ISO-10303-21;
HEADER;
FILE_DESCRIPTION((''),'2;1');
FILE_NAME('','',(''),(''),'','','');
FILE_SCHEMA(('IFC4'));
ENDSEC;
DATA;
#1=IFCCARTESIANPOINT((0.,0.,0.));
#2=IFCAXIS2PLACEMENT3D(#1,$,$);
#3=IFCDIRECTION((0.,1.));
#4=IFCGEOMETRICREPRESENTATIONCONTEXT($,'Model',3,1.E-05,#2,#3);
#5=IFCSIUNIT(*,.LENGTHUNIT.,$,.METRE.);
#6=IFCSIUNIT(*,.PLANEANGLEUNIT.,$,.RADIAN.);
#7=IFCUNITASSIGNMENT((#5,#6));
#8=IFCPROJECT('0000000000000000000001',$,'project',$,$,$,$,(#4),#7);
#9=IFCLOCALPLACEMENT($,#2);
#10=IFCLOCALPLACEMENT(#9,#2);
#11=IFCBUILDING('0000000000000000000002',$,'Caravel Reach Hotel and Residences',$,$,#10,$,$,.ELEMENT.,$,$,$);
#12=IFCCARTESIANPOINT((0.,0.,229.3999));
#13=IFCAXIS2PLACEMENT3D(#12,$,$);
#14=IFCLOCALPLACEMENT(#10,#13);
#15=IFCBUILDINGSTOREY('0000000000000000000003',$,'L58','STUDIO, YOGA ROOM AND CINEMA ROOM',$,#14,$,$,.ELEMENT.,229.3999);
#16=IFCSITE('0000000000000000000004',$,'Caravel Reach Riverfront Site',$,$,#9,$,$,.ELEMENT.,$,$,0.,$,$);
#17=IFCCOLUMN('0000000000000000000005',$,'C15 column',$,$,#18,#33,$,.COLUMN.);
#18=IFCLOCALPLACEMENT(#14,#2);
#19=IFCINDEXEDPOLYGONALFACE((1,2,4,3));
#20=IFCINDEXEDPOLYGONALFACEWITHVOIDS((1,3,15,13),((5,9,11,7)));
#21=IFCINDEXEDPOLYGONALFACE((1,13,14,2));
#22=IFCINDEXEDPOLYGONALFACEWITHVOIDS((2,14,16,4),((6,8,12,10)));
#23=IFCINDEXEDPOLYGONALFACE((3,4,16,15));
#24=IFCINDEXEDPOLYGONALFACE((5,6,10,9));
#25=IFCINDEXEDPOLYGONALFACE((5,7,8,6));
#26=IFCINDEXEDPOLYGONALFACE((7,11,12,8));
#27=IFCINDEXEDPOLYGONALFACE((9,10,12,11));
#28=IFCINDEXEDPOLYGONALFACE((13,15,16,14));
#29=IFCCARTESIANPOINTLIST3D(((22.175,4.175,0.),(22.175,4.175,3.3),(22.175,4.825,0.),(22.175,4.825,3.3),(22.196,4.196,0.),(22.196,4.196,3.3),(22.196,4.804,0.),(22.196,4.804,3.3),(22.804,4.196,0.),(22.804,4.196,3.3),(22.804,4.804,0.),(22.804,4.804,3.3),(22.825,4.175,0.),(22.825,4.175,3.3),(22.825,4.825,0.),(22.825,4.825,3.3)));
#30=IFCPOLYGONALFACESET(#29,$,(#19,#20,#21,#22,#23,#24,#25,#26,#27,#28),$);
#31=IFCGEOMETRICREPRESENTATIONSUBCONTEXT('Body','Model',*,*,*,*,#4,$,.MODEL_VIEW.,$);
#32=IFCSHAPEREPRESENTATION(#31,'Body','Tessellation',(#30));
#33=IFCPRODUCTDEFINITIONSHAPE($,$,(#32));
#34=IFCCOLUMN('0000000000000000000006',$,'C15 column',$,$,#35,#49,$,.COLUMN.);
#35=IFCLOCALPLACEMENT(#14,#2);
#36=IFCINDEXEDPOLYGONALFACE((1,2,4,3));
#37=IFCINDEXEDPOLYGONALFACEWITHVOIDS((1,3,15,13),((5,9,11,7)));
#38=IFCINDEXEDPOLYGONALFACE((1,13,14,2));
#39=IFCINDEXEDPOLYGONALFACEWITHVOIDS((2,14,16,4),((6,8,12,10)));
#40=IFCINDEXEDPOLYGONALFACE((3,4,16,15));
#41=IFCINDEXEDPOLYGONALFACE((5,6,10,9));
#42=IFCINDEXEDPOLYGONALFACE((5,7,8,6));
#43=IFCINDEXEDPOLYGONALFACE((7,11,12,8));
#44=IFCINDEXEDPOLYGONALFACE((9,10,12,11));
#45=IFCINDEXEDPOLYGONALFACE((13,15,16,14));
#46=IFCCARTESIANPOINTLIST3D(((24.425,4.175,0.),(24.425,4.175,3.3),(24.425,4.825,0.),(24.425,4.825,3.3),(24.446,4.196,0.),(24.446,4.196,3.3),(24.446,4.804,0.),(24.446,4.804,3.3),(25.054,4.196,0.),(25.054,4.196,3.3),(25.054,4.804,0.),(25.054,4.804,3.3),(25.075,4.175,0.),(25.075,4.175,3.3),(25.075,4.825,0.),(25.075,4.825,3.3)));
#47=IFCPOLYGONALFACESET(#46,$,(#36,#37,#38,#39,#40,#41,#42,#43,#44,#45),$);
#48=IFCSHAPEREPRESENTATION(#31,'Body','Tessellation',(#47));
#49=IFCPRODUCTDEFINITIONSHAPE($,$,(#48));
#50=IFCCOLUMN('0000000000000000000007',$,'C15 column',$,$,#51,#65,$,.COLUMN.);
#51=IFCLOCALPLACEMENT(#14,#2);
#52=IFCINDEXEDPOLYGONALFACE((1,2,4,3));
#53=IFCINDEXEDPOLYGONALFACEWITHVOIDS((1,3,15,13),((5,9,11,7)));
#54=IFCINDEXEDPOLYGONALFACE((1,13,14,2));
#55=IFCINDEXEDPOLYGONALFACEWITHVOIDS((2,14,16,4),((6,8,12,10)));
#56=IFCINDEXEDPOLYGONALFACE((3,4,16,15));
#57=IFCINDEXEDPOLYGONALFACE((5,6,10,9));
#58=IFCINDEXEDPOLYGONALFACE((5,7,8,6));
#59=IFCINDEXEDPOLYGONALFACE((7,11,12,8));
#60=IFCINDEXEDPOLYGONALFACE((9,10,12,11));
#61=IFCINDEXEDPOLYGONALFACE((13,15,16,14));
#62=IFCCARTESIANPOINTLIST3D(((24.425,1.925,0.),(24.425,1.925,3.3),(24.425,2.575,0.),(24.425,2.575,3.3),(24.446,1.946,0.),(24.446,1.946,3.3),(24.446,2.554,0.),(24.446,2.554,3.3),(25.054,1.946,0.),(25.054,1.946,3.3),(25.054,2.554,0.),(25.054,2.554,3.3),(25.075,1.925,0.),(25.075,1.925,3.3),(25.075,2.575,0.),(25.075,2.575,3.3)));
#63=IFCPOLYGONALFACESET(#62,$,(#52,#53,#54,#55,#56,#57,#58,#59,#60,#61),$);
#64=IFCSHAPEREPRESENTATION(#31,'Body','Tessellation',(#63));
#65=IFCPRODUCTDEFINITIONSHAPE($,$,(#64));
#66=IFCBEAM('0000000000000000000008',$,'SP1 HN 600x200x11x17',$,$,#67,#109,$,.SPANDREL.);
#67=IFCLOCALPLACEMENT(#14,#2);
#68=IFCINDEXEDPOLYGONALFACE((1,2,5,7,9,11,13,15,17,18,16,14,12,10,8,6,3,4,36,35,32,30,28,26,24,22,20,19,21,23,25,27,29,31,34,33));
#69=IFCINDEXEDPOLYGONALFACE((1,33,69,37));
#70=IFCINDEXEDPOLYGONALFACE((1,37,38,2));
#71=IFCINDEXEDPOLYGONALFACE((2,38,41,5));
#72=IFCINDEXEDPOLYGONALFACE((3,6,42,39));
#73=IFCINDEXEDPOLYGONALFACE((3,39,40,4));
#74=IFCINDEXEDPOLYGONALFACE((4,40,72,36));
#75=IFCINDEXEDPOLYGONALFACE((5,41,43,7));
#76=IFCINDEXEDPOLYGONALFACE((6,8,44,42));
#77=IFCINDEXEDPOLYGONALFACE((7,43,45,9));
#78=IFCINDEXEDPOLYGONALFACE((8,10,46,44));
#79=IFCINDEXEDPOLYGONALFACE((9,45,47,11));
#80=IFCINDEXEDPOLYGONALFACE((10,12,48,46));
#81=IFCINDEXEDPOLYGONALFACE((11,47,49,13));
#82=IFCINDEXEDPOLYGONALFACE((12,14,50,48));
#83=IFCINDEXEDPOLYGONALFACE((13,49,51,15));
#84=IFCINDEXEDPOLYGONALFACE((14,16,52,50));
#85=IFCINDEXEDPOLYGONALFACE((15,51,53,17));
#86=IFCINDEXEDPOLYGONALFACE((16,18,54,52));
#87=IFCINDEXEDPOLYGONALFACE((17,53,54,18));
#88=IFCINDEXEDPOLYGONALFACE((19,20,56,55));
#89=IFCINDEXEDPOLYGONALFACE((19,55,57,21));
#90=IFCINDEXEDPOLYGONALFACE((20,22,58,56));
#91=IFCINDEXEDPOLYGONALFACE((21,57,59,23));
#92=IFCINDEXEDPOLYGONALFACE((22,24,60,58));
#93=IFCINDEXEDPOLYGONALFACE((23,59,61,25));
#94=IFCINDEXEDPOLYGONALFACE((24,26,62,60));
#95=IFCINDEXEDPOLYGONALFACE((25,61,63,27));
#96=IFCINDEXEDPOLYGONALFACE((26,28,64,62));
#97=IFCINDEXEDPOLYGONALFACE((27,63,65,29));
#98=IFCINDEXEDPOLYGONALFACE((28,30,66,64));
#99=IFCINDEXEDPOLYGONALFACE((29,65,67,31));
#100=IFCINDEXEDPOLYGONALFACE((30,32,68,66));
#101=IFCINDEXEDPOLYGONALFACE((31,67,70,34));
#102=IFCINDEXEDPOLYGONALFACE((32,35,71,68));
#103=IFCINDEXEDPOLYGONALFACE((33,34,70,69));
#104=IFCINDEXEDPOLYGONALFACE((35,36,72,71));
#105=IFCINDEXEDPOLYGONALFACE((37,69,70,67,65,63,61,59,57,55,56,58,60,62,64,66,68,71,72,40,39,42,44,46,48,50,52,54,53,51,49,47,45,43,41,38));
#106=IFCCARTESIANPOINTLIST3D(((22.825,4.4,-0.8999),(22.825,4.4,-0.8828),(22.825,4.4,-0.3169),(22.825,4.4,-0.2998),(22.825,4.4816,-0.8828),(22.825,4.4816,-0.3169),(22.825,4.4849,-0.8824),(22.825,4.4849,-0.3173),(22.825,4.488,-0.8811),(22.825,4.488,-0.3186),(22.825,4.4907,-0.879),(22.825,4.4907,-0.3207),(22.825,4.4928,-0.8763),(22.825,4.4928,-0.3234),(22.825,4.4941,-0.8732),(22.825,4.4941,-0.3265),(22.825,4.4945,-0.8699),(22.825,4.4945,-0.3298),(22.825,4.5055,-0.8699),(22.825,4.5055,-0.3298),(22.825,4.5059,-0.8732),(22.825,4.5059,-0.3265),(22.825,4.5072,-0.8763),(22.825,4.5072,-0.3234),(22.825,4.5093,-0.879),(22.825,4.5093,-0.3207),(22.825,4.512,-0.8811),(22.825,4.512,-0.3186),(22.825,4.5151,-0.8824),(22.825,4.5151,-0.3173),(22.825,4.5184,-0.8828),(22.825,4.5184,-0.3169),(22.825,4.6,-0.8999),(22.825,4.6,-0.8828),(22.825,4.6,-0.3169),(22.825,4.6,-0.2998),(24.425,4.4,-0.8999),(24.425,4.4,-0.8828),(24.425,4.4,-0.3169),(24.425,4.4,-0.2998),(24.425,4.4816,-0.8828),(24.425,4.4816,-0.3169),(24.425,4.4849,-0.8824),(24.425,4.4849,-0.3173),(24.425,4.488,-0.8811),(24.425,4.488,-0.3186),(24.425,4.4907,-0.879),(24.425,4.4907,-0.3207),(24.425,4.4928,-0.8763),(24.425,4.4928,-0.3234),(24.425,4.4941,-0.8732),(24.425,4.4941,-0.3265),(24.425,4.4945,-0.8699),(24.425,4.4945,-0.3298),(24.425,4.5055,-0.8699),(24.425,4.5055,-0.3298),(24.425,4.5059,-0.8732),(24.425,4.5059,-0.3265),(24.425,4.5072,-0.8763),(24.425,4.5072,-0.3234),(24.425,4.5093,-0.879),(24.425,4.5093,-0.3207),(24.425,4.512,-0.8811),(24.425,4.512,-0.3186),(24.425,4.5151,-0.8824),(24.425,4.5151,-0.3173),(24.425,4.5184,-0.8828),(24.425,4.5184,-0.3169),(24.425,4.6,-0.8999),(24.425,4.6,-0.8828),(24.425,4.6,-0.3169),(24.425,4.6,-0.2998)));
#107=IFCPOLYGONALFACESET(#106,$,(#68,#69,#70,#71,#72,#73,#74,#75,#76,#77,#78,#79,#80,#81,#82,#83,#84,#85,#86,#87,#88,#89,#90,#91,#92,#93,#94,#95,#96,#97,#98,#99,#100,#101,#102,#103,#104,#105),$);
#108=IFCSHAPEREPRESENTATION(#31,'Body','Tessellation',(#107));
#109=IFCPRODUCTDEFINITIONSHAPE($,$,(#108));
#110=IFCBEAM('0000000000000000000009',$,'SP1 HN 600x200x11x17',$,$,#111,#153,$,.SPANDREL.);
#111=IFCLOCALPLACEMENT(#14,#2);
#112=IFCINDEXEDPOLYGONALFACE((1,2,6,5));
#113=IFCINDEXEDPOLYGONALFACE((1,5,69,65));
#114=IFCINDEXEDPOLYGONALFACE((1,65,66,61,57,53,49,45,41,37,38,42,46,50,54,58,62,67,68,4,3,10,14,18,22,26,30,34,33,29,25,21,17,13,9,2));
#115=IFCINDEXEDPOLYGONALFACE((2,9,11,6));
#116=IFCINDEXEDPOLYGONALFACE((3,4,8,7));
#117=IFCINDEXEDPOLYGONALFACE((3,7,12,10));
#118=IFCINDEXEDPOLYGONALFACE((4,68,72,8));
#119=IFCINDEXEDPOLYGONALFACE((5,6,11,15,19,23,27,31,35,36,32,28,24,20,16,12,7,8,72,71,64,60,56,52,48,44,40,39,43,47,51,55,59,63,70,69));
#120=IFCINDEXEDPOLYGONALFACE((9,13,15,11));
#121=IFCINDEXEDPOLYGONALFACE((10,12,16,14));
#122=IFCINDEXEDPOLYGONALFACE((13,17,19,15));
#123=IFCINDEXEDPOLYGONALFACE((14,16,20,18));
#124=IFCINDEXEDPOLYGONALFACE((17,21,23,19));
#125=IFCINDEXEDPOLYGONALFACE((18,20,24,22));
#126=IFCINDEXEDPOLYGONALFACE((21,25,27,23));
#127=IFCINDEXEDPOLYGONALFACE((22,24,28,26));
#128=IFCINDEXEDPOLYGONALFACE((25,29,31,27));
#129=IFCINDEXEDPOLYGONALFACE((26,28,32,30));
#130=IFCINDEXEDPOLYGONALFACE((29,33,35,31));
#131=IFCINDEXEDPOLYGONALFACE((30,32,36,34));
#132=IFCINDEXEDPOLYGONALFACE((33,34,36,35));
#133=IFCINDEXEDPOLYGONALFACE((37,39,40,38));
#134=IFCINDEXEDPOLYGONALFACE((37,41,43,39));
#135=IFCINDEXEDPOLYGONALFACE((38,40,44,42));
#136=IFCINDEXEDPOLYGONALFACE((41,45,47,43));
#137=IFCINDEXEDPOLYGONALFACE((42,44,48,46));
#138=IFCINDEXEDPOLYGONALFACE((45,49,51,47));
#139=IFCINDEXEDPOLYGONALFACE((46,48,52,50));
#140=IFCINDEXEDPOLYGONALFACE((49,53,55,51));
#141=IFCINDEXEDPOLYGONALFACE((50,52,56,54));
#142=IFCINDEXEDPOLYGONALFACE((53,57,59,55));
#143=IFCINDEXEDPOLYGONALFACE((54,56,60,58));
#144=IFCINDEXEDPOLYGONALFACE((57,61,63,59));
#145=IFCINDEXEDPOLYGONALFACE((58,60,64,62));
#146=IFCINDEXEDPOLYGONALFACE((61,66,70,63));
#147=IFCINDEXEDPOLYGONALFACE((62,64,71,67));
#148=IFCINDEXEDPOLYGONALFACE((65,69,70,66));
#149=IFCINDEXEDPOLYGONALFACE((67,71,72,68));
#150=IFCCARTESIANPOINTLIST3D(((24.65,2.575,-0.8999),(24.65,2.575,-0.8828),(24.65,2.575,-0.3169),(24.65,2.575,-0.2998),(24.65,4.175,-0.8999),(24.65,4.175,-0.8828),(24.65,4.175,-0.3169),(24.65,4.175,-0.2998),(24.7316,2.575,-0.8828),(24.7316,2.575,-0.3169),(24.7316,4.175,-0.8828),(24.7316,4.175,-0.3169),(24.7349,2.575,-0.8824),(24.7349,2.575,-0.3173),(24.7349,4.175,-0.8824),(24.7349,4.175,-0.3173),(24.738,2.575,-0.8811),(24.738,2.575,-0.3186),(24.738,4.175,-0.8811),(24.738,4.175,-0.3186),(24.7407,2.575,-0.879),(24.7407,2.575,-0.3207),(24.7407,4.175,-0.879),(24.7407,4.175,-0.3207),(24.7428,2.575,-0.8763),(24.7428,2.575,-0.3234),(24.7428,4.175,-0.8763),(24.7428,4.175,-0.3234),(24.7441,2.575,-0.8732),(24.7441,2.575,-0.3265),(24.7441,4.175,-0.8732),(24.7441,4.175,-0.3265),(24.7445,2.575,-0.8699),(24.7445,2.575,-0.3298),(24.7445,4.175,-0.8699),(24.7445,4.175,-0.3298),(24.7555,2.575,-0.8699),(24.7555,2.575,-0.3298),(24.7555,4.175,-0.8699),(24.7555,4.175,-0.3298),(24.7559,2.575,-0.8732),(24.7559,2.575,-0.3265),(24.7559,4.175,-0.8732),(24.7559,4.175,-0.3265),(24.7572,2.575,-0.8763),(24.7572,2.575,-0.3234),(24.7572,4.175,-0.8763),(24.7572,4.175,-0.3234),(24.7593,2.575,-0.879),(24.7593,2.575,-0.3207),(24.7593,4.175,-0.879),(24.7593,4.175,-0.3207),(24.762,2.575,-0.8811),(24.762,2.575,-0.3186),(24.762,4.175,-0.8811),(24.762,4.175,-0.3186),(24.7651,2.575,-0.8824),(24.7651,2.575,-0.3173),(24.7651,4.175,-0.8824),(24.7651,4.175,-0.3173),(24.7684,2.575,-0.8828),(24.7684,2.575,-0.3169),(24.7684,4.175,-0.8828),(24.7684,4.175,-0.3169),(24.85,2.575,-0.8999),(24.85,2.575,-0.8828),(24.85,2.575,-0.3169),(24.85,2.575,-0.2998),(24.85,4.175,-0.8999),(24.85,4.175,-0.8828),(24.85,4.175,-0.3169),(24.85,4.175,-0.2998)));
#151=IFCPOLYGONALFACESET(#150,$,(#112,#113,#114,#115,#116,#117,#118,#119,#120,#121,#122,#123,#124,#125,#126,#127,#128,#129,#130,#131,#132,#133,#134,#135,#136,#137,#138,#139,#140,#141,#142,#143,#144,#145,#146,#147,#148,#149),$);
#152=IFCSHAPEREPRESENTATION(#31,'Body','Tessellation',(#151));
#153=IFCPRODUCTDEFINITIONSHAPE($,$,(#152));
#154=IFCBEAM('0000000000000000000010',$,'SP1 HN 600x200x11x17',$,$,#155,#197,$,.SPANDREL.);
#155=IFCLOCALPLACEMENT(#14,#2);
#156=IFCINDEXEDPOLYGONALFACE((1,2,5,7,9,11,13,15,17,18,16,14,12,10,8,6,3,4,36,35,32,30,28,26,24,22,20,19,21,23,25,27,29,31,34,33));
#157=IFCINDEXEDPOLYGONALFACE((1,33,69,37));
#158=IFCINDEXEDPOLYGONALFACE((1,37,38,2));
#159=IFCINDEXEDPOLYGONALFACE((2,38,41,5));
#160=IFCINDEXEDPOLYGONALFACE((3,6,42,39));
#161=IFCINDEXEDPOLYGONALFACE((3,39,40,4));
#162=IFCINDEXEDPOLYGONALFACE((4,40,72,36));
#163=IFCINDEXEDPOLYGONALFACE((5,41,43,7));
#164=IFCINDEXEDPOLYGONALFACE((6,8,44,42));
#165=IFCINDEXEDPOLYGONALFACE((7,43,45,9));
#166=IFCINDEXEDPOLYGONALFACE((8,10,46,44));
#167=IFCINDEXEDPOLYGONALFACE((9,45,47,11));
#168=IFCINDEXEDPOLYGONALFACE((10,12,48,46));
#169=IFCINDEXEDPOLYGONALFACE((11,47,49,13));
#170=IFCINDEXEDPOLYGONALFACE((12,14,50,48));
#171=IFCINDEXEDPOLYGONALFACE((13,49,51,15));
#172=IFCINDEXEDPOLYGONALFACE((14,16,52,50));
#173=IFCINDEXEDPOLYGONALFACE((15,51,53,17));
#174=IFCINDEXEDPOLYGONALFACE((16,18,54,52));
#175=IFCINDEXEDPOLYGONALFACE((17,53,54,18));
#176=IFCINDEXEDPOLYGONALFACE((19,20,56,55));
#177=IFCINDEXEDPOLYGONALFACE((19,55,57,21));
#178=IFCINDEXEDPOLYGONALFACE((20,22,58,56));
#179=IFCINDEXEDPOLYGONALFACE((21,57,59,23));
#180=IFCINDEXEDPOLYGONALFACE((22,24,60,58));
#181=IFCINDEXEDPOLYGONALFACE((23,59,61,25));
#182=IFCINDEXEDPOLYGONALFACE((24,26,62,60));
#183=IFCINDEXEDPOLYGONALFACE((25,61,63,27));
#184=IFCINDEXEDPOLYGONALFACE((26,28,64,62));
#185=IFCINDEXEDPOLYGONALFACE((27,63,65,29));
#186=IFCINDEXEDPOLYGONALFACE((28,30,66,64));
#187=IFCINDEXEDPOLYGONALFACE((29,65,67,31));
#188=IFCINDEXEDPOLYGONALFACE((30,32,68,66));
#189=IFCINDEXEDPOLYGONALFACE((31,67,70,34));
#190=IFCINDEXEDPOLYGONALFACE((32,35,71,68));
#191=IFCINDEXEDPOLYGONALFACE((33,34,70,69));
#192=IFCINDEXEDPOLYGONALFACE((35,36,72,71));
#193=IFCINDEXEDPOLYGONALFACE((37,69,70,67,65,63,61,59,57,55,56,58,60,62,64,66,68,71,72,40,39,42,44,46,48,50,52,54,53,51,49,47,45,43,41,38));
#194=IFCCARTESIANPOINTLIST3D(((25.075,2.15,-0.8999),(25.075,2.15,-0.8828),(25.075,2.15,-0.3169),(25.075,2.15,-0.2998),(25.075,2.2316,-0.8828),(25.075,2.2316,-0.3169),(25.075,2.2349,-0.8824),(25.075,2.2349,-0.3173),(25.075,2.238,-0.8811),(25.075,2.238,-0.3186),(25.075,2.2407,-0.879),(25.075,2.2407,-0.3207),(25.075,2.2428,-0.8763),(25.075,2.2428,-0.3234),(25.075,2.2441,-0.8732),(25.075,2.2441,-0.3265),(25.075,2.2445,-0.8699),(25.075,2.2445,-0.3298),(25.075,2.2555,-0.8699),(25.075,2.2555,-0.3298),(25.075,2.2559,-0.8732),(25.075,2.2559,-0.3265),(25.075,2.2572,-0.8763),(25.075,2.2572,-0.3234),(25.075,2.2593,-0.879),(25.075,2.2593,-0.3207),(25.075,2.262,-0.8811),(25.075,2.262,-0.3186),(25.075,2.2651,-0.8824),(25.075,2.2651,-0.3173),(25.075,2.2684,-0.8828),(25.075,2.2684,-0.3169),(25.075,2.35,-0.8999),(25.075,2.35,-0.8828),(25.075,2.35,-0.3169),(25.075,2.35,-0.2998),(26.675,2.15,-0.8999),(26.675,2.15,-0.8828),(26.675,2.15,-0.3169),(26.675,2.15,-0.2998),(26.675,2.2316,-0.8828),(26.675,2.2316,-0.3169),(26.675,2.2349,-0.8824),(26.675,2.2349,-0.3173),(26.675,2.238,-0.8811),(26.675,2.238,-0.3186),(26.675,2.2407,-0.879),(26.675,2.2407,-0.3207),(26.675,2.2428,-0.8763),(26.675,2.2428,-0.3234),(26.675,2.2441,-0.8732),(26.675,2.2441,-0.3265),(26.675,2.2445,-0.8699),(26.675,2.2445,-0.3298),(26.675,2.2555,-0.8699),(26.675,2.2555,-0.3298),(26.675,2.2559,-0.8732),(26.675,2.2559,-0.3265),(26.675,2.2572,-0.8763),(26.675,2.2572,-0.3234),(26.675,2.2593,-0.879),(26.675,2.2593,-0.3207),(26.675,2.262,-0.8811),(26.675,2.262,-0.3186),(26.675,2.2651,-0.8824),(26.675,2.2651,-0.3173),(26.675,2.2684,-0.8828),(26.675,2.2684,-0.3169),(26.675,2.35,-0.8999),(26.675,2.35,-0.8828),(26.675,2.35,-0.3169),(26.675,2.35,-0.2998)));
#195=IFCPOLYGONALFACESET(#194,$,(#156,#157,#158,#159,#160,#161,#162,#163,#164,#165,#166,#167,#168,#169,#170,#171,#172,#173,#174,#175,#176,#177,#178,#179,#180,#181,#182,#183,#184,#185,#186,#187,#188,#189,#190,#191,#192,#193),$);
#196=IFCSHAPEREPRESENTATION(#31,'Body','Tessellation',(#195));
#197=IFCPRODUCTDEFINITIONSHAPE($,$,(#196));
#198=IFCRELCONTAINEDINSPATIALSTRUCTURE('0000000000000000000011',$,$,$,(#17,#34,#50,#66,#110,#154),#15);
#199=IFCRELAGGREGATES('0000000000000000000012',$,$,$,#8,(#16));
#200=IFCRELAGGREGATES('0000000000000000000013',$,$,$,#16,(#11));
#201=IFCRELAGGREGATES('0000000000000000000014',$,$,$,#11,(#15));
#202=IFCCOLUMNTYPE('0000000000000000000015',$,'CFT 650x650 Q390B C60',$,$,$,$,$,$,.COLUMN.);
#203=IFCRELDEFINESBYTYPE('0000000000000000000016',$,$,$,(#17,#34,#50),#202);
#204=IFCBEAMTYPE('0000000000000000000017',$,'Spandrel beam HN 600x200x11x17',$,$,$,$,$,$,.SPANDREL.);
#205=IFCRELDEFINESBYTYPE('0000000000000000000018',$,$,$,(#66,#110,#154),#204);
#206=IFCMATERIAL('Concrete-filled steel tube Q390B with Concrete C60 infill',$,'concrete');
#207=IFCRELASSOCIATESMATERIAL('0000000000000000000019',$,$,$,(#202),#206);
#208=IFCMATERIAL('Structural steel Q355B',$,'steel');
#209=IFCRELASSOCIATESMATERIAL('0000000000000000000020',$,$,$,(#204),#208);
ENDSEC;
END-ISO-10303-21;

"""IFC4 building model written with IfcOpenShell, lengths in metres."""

from ifc_helpers import new_model, si_unit, direction, frame, origin, origin_2d, place, context, subcontext, project, spatial, hollow_rectangle, i_section, extrude, material, material_profile, profile_set, type_object, element, save


model = new_model("IFC4")

# Units and contexts
model_context = context("Model", 3, precision=1e-05, world=origin(), true_north=direction((0.0, 1.0)))
body_context = subcontext(model_context, "Body", "Model", "MODEL_VIEW")
ifc_project = project(units=[si_unit("LENGTHUNIT", "METRE"), si_unit("PLANEANGLEUNIT", "RADIAN")], contexts=[model_context])

# Site, building, storey
site_placement = place(None, origin())
site = spatial("IfcSite", under=ifc_project, at=site_placement, Name="Caravel Reach Riverfront Site", CompositionType="ELEMENT", RefElevation=0.0)
building_placement = place(site_placement, origin())
building = spatial("IfcBuilding", under=site, at=building_placement, Name="Caravel Reach Hotel and Residences", CompositionType="ELEMENT")
storey_placement = place(building_placement, frame((0.0, 0.0, 229.3999)))
storey = spatial("IfcBuildingStorey", under=building, at=storey_placement, Name="L58", Description="STUDIO, YOGA ROOM AND CINEMA ROOM", CompositionType="ELEMENT", Elevation=229.3999)

# Columns
ifc_material_1 = material(Name="Concrete-filled steel tube Q390B with Concrete C60 infill", Category="concrete")
ifc_material_profile_1 = material_profile(ifc_material_1, hollow_rectangle(XDim=0.6499, YDim=0.6499, WallThickness=0.021, at=origin_2d()), Name="RHS 650x650x21")
ifc_profile_set_1 = profile_set([ifc_material_profile_1], Name="Concrete-filled steel tube Q390B with Concrete C60 infill")
column_type = type_object("IfcColumnType", Name="CFT 650x650 Q390B C60", PredefinedType="COLUMN", material=ifc_profile_set_1)
for number, where, z_axis, x_axis, name in (
    (1, (22.5, 4.5, 0.0), (0.0, 0.0, 1.0), (1.0, 0.0, 0.0), "C15 column"),
    (2, (24.75, 4.5, 0.0), (0.0, 0.0, 1.0), (1.0, 0.0, 0.0), "C15 column"),
    (3, (24.75, 2.25, 0.0), (0.0, 0.0, 1.0), (1.0, 0.0, 0.0), "C15 column"),
):
    element("IfcColumn", number, at=place(storey_placement, frame(where, z_axis=z_axis, x_axis=x_axis)), inside=storey, type_object=column_type, Name=name, PredefinedType="COLUMN", context=body_context, shape_type="SweptSolid", body=[
        extrude(hollow_rectangle(XDim=0.6499, YDim=0.6499, WallThickness=0.021, at=origin_2d()), origin(), (0.0, 0.0, 1.0), 3.3),
    ])

# Beams
ifc_material_2 = material(Name="Structural steel Q355B", Category="steel")
ifc_material_profile_2 = material_profile(ifc_material_2, i_section(OverallWidth=0.2, OverallDepth=0.6001, WebThickness=0.011, FlangeThickness=0.0171, FilletRadius=0.0129, at=origin_2d()), Name="HN 600x200x11x17")
ifc_profile_set_2 = profile_set([ifc_material_profile_2], Name="Structural steel Q355B")
beam_type = type_object("IfcBeamType", Name="Spandrel beam HN 600x200x11x17", PredefinedType="SPANDREL", material=ifc_profile_set_2)
for number, where, z_axis, x_axis, name in (
    (4, (22.825, 4.5, -0.5999), (1.0, 0.0, 0.0), (0.0, 1.0, 0.0), "SP1 HN 600x200x11x17"),
    (5, (24.75, 4.175, -0.5999), (0.0, -1.0, 0.0), (1.0, 0.0, 0.0), "SP1 HN 600x200x11x17"),
    (6, (25.075, 2.25, -0.5999), (1.0, 0.0, 0.0), (0.0, 1.0, 0.0), "SP1 HN 600x200x11x17"),
):
    element("IfcBeam", number, at=place(storey_placement, frame(where, z_axis=z_axis, x_axis=x_axis)), inside=storey, type_object=beam_type, Name=name, PredefinedType="SPANDREL", context=body_context, shape_type="SweptSolid", body=[
        extrude(i_section(OverallWidth=0.2, OverallDepth=0.6001, WebThickness=0.011, FlangeThickness=0.0171, FilletRadius=0.0129, at=origin_2d()), origin(), (0.0, 0.0, 1.0), 1.6001),
    ])

save(model, "model.ifc")
